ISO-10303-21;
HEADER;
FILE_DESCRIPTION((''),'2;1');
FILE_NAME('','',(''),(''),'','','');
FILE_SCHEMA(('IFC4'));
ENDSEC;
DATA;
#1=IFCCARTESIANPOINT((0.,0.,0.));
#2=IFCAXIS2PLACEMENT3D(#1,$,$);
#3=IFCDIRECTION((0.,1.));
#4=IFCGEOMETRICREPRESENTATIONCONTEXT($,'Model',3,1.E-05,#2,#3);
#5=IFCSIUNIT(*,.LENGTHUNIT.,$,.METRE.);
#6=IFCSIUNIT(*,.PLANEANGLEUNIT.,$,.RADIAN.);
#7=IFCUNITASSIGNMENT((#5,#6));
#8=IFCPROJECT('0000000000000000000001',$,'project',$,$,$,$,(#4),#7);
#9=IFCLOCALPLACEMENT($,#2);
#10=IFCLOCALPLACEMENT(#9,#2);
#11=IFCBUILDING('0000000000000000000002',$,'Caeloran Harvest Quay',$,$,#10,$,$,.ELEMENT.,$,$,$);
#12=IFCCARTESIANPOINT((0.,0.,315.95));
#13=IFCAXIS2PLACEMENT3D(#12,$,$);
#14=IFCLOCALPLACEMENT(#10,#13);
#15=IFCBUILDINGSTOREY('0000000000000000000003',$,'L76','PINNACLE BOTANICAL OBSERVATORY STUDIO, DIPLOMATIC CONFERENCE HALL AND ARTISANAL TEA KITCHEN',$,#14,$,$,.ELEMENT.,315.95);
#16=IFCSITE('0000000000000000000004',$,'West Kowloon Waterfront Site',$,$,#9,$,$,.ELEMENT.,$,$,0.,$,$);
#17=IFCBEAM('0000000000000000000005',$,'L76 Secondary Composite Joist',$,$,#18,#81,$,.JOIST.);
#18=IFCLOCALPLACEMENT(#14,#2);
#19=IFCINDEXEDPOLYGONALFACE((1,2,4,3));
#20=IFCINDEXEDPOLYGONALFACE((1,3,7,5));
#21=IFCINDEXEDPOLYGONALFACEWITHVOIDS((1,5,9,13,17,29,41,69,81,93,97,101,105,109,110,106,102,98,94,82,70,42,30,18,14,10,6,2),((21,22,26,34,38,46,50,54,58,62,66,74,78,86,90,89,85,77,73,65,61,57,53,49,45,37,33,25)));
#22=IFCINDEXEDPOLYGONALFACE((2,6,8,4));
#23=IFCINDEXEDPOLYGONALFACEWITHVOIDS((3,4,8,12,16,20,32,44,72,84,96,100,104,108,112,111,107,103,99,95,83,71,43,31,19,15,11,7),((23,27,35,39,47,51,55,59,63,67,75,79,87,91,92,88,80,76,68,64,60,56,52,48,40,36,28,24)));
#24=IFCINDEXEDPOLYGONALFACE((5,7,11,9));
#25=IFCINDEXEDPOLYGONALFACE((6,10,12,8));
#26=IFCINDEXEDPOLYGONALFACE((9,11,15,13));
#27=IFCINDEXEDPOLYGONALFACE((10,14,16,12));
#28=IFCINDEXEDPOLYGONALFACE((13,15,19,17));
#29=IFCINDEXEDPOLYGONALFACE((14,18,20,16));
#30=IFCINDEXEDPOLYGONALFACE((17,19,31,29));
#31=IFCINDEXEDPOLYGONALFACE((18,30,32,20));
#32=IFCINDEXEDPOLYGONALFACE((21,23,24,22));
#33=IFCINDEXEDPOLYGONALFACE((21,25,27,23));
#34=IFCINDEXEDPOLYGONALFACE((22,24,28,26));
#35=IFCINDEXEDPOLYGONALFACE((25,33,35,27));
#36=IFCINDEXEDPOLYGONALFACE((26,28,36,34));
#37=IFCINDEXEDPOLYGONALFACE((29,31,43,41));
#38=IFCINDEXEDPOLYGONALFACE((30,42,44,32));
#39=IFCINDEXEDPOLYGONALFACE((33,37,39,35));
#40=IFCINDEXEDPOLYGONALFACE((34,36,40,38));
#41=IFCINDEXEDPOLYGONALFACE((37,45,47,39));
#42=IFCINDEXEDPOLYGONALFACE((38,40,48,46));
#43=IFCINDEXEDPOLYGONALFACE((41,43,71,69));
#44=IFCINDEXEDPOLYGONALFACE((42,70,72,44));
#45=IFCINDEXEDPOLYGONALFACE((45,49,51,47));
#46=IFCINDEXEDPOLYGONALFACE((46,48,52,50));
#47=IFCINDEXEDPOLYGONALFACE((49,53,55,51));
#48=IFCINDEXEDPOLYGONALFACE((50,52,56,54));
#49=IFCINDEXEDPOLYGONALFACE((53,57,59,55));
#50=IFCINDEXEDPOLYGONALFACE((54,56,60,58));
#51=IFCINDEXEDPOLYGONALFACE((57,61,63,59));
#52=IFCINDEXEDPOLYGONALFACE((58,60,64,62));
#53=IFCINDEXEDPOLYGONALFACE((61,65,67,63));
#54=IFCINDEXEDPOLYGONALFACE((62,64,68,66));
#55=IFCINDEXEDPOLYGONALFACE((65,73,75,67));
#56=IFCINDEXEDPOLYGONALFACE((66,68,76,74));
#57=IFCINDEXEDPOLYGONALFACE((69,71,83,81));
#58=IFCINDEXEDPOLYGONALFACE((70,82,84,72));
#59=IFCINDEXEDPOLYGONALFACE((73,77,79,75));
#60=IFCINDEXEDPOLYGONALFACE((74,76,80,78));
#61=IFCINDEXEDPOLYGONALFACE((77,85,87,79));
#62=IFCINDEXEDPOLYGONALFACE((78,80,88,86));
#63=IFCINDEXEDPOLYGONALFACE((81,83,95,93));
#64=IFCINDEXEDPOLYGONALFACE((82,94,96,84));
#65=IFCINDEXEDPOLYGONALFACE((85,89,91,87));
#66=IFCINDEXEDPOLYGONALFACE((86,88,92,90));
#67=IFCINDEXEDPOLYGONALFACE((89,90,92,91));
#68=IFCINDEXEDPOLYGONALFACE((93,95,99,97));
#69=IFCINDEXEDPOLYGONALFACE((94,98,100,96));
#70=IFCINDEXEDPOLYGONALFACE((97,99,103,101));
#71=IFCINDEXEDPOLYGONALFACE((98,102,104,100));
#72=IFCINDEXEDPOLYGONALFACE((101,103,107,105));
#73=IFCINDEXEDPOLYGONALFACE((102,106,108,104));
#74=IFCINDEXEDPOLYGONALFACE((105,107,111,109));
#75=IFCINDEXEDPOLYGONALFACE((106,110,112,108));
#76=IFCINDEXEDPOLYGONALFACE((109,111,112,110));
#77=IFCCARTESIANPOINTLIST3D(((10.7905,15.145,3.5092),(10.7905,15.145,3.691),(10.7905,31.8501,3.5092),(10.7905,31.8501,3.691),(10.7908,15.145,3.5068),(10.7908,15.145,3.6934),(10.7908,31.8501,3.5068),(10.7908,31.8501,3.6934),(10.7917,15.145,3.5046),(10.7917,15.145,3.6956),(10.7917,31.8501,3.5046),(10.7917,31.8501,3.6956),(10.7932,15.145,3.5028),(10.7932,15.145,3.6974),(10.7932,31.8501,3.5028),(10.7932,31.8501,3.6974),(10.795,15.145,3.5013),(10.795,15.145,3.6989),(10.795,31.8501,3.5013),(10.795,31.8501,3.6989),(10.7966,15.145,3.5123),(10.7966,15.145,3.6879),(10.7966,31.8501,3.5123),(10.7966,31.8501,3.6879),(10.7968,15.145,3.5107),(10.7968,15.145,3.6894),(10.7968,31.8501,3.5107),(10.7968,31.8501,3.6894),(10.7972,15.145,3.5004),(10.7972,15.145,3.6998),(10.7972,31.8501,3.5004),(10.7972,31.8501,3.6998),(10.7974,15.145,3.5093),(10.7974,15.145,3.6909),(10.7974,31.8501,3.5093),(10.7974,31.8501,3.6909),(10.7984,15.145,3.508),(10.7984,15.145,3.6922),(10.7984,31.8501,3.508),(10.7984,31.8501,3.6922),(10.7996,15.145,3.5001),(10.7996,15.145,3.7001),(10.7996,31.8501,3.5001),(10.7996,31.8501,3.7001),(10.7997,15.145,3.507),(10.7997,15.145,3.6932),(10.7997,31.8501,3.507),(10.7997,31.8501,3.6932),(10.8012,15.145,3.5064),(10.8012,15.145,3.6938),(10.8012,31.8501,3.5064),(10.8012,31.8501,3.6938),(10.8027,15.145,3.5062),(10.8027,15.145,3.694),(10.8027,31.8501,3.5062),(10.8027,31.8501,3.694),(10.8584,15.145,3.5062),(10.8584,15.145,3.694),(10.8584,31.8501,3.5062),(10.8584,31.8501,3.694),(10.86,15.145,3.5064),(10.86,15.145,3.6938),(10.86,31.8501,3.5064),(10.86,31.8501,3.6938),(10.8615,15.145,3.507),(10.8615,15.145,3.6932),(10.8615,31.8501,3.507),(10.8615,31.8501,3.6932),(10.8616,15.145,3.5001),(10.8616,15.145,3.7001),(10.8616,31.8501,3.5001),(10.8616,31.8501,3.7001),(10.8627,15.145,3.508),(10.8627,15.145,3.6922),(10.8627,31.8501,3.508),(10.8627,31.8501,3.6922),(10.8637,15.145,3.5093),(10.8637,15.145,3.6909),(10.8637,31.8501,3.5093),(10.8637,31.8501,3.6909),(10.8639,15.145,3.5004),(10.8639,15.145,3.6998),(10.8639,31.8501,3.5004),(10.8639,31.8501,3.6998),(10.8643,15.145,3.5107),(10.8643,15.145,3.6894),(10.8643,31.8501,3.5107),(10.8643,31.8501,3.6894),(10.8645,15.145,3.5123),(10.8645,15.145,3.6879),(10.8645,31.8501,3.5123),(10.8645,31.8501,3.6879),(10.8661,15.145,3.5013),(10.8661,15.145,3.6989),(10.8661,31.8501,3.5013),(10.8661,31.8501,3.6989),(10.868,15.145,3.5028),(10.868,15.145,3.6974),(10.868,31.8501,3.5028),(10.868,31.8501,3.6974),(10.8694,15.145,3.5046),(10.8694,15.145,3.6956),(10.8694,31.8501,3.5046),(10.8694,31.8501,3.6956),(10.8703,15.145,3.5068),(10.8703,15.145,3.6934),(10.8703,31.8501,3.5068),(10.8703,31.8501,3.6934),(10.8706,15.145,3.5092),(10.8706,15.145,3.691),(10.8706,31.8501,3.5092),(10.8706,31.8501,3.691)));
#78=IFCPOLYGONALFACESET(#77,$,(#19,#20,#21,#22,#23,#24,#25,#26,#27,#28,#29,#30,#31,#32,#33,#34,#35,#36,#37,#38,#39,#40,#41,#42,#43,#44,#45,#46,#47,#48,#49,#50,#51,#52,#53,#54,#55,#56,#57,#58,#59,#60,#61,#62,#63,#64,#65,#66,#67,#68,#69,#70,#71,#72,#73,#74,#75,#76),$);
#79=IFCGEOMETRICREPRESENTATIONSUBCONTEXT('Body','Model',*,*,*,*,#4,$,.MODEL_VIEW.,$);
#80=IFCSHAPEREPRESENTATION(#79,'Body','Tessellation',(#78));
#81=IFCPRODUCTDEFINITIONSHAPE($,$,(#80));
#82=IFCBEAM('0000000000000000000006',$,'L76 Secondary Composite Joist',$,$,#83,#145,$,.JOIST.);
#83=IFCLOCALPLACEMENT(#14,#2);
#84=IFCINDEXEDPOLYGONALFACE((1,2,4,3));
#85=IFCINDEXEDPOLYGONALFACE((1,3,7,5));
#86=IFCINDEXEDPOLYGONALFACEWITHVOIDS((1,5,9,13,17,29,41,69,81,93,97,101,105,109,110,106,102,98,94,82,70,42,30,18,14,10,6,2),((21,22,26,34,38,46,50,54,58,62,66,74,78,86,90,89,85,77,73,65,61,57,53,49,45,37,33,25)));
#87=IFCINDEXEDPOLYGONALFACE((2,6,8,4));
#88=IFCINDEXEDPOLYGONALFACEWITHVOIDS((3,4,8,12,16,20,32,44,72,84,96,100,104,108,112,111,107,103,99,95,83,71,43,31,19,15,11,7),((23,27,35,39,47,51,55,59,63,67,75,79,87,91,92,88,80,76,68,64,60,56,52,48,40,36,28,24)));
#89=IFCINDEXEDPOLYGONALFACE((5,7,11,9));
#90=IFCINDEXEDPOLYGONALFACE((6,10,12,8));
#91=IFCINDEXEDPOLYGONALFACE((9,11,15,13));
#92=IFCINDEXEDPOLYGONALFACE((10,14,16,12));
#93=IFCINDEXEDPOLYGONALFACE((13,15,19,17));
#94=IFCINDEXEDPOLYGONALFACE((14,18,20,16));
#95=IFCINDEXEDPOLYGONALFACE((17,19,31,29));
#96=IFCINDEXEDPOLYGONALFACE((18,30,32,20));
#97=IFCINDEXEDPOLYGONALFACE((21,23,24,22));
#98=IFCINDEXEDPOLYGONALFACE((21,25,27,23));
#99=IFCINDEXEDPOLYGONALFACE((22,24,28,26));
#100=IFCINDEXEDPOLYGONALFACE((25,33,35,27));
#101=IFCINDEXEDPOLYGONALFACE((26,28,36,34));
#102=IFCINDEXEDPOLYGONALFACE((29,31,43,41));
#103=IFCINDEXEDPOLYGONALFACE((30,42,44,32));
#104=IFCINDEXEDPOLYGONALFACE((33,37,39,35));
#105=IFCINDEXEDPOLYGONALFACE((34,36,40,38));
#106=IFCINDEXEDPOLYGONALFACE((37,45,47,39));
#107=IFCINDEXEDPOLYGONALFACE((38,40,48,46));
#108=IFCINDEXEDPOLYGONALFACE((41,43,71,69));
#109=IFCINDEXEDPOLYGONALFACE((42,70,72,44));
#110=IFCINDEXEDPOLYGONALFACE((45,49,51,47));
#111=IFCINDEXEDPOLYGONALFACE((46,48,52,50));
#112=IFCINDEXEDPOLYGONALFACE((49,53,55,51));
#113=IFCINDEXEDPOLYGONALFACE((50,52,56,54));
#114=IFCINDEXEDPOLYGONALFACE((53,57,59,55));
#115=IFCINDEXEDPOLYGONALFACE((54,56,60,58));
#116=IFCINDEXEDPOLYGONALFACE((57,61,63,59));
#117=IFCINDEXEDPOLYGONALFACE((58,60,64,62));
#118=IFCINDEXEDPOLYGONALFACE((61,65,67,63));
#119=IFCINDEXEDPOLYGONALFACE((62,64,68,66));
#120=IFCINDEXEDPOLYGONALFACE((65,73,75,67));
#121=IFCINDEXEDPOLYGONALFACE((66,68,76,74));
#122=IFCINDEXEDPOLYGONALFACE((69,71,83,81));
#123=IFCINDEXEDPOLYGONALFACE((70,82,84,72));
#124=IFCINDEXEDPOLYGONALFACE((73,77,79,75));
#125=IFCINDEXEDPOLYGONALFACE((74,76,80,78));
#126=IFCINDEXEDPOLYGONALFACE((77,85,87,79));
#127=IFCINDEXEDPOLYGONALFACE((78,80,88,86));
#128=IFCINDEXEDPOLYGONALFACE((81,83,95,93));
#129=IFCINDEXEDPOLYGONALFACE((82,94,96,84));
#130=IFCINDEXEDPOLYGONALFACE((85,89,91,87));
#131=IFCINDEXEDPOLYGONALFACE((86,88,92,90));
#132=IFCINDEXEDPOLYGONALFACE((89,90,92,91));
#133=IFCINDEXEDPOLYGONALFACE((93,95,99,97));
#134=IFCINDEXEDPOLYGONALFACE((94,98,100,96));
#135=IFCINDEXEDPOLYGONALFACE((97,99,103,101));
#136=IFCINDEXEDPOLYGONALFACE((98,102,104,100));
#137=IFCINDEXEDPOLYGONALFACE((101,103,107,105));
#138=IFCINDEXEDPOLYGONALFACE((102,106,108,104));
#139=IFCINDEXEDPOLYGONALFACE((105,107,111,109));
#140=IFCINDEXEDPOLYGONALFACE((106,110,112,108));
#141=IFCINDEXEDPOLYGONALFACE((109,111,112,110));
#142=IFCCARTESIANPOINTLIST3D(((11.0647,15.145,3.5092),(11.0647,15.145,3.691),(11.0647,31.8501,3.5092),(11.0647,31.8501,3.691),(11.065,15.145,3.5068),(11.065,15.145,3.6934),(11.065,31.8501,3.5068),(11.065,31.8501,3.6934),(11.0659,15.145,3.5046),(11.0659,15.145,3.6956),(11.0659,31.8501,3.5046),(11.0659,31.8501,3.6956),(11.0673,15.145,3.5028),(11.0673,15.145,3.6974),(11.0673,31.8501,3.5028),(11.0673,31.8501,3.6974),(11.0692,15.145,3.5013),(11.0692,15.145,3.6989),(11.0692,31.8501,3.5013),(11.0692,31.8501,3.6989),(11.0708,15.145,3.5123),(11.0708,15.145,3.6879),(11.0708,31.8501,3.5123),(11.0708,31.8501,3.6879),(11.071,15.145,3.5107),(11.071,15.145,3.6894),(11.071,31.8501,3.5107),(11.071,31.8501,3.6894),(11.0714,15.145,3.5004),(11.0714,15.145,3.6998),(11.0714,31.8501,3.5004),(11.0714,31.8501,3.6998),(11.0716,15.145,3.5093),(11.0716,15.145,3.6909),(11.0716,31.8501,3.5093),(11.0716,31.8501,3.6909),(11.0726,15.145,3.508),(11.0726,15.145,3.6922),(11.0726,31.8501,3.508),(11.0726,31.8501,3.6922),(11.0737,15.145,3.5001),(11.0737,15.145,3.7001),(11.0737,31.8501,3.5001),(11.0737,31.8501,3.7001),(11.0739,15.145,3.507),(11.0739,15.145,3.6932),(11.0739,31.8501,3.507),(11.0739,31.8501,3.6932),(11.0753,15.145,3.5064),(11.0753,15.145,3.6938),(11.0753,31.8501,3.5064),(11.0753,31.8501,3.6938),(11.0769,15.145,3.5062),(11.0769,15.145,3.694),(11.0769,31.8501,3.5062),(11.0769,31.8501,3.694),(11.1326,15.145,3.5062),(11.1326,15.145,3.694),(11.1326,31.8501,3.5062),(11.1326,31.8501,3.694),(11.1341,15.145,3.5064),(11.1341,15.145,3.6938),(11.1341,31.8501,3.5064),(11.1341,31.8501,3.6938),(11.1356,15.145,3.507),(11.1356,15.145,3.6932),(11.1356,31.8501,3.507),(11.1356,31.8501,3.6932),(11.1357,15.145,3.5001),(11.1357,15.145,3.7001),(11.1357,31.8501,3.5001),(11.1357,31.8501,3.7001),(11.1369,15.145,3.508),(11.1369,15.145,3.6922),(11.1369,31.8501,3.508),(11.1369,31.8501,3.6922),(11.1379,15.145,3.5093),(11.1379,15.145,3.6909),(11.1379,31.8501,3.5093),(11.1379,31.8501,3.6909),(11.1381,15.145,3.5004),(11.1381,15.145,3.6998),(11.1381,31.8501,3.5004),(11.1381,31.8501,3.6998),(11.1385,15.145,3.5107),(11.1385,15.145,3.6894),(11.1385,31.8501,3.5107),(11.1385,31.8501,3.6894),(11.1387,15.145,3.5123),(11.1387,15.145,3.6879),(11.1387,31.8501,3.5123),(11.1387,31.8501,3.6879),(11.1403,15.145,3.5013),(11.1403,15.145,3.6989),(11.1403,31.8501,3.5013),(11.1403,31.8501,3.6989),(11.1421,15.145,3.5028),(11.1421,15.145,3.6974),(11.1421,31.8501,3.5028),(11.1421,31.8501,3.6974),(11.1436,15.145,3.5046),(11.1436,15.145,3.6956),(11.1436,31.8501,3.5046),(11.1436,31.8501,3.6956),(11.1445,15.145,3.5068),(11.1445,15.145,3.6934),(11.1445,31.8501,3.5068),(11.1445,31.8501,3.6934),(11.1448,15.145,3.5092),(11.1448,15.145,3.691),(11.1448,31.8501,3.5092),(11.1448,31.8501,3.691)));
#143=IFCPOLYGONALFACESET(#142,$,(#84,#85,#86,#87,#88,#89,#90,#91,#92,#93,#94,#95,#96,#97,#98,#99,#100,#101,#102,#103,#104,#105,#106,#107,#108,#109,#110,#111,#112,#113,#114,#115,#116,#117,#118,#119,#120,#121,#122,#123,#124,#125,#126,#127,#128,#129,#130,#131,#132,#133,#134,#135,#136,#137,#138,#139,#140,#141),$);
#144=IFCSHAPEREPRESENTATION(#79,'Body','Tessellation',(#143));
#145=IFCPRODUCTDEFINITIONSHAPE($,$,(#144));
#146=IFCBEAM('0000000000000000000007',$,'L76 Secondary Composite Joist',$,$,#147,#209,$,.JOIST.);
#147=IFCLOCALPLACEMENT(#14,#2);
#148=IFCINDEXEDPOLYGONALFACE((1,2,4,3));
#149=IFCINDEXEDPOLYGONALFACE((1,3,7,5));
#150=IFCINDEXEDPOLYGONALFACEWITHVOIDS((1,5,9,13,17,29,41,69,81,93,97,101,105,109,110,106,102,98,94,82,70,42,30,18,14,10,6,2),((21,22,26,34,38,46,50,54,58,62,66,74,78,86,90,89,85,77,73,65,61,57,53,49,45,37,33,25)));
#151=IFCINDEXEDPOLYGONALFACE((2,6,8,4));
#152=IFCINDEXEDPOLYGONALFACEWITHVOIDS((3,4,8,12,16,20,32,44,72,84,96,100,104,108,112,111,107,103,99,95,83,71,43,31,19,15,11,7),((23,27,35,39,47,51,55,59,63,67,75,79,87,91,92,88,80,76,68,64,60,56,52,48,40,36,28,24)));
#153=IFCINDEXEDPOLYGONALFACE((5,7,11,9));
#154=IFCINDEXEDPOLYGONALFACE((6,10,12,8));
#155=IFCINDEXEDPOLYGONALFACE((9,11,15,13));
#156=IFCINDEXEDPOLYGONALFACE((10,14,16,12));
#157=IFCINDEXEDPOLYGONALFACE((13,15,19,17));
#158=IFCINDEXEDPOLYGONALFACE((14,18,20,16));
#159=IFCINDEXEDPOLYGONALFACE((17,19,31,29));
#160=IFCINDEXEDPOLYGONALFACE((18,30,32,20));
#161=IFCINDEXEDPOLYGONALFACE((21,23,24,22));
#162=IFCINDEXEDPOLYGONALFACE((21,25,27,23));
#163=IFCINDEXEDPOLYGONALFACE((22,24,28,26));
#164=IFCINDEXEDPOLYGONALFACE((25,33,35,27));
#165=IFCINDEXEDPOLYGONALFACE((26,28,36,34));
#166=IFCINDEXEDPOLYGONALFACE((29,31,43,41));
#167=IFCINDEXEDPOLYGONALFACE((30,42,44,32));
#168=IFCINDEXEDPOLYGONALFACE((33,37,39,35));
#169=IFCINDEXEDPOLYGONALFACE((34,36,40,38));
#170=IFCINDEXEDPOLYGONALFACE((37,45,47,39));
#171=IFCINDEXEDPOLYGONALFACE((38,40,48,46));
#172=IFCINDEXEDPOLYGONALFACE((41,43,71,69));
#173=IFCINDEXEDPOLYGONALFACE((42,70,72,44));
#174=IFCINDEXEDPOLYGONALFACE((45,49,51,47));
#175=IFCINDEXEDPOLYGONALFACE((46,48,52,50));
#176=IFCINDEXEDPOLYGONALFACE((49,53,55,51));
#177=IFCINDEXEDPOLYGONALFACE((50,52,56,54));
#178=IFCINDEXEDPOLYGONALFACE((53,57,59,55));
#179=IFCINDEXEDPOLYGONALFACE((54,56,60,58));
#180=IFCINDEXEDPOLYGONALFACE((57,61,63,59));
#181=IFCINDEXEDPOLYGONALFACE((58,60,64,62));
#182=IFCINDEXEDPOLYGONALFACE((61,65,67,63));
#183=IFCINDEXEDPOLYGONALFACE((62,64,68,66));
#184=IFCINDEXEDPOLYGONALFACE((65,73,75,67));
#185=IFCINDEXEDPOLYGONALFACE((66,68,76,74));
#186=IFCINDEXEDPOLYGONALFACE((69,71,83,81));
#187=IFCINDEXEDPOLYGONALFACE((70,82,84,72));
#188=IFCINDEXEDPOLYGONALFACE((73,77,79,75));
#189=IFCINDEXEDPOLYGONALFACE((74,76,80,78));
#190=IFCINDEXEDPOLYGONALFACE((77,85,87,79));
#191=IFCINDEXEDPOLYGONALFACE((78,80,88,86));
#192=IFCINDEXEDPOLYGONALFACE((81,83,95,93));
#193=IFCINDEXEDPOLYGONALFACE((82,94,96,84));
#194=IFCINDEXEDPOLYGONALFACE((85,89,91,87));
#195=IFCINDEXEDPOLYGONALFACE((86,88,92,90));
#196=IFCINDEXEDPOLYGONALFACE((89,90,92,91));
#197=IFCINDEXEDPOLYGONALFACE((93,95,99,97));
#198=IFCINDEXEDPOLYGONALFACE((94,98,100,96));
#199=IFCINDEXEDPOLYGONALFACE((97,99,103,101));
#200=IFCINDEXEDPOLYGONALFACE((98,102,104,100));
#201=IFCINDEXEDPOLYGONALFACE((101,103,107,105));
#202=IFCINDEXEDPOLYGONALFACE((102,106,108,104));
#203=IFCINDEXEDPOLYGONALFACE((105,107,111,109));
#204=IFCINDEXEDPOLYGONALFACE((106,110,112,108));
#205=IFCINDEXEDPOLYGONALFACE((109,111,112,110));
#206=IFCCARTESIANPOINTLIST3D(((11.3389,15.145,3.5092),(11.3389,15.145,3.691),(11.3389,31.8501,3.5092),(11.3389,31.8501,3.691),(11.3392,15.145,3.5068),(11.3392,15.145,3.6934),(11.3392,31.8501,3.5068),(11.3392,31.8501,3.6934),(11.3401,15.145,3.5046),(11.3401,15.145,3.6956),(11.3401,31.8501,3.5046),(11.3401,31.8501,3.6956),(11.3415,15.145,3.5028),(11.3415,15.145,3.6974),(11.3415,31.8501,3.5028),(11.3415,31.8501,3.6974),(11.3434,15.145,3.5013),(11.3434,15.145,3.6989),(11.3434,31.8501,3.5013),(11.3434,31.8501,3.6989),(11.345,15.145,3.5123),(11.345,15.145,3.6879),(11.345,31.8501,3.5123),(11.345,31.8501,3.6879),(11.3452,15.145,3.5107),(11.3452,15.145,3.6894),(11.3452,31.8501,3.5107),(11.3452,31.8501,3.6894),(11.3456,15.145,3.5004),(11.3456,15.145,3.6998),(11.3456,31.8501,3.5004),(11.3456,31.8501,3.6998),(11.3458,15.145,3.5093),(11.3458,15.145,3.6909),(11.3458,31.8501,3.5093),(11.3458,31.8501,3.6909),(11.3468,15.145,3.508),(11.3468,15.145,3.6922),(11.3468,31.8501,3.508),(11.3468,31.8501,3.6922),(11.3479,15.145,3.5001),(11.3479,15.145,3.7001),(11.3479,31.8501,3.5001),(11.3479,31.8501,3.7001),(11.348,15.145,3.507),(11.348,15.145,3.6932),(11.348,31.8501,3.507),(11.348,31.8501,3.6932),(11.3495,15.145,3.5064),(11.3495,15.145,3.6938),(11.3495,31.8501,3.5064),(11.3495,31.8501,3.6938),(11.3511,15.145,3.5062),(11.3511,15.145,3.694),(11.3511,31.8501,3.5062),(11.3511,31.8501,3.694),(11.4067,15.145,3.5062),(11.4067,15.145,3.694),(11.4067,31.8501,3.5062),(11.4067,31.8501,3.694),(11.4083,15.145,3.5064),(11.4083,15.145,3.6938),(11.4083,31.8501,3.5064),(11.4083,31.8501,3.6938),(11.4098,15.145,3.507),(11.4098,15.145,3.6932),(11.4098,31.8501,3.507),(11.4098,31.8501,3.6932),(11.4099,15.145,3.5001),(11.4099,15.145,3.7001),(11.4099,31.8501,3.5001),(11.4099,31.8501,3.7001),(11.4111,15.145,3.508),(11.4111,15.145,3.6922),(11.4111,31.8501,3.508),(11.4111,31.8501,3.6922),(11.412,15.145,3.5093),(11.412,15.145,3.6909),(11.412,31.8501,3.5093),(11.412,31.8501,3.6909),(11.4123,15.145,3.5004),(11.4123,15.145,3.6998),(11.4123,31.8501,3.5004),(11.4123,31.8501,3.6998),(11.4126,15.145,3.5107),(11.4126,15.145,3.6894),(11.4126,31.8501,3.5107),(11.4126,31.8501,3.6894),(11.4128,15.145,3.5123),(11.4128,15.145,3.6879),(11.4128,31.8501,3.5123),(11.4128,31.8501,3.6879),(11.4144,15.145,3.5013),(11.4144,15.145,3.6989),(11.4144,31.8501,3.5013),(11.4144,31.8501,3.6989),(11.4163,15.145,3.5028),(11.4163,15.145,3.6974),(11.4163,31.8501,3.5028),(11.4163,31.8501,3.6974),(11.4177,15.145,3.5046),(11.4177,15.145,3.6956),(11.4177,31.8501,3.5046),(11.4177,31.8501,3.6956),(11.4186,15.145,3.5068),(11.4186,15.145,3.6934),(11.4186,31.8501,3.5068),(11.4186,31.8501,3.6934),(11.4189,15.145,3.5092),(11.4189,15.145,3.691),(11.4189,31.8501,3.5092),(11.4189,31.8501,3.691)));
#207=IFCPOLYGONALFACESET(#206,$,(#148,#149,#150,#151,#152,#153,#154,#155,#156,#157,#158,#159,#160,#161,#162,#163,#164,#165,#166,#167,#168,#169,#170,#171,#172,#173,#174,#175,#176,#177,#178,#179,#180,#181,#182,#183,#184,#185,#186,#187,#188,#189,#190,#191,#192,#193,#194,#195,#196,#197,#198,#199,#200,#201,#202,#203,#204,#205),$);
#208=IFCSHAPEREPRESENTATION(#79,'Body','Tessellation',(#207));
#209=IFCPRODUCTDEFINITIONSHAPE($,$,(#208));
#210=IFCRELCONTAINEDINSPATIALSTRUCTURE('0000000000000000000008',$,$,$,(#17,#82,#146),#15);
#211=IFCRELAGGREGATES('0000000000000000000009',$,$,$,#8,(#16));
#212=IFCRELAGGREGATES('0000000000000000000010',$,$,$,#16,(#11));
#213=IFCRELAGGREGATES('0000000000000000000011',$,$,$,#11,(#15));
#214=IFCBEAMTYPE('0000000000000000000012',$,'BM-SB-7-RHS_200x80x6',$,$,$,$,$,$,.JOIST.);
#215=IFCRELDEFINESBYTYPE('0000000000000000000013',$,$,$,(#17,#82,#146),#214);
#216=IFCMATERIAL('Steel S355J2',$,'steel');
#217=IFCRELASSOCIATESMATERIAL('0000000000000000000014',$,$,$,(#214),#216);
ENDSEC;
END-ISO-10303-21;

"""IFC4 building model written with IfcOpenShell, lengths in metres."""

from ifc_helpers import new_model, si_unit, direction, frame, origin, origin_2d, place, context, subcontext, project, spatial, hollow_rectangle, extrude, material, material_profile, profile_set, type_object, element, save


model = new_model("IFC4")

# Units and contexts
model_context = context("Model", 3, precision=1e-05, world=origin(), true_north=direction((0.0, 1.0)))
body_context = subcontext(model_context, "Body", "Model", "MODEL_VIEW")
ifc_project = project(units=[si_unit("LENGTHUNIT", "METRE"), si_unit("PLANEANGLEUNIT", "RADIAN")], contexts=[model_context])

# Site, building, storey
site_placement = place(None, origin())
site = spatial("IfcSite", under=ifc_project, at=site_placement, Name="West Kowloon Waterfront Site", CompositionType="ELEMENT", RefElevation=0.0)
building_placement = place(site_placement, origin())
building = spatial("IfcBuilding", under=site, at=building_placement, Name="Caeloran Harvest Quay", CompositionType="ELEMENT")
storey_placement = place(building_placement, frame((0.0, 0.0, 315.95)))
storey = spatial("IfcBuildingStorey", under=building, at=storey_placement, Name="L76", Description="PINNACLE BOTANICAL OBSERVATORY STUDIO, DIPLOMATIC CONFERENCE HALL AND ARTISANAL TEA KITCHEN", CompositionType="ELEMENT", Elevation=315.95)

# Beams
ifc_material_1 = material(Name="Steel S355J2", Category="steel")
ifc_material_profile_1 = material_profile(ifc_material_1, hollow_rectangle(XDim=0.0801, YDim=0.2, WallThickness=0.0061, InnerFilletRadius=0.0061, OuterFilletRadius=0.009, at=origin_2d()), Name="RHS 200x80x6")
ifc_profile_set_1 = profile_set([ifc_material_profile_1], Name="Steel S355J2")
beam_type_1 = type_object("IfcBeamType", Name="BM-SB-7-RHS_200x80x6", PredefinedType="JOIST", material=ifc_profile_set_1)
for number, where, z_axis, x_axis, name in (
    (1, (10.8306, 15.145, 3.6001), (0.0, 1.0, 0.0), (-1.0, 0.0, 0.0), "L76 Secondary Composite Joist"),
    (2, (11.1047, 15.145, 3.6001), (0.0, 1.0, 0.0), (-1.0, 0.0, 0.0), "L76 Secondary Composite Joist"),
    (3, (11.3789, 15.145, 3.6001), (0.0, 1.0, 0.0), (-1.0, 0.0, 0.0), "L76 Secondary Composite Joist"),
):
    element("IfcBeam", number, at=place(storey_placement, frame(where, z_axis=z_axis, x_axis=x_axis)), inside=storey, type_object=beam_type_1, Name=name, PredefinedType="JOIST", context=body_context, shape_type="SweptSolid", body=[
        extrude(hollow_rectangle(XDim=0.0801, YDim=0.2, WallThickness=0.0061, InnerFilletRadius=0.0061, OuterFilletRadius=0.009, at=origin_2d()), origin(), (0.0, 0.0, 1.0), 16.7051),
    ])

save(model, "model.ifc")
